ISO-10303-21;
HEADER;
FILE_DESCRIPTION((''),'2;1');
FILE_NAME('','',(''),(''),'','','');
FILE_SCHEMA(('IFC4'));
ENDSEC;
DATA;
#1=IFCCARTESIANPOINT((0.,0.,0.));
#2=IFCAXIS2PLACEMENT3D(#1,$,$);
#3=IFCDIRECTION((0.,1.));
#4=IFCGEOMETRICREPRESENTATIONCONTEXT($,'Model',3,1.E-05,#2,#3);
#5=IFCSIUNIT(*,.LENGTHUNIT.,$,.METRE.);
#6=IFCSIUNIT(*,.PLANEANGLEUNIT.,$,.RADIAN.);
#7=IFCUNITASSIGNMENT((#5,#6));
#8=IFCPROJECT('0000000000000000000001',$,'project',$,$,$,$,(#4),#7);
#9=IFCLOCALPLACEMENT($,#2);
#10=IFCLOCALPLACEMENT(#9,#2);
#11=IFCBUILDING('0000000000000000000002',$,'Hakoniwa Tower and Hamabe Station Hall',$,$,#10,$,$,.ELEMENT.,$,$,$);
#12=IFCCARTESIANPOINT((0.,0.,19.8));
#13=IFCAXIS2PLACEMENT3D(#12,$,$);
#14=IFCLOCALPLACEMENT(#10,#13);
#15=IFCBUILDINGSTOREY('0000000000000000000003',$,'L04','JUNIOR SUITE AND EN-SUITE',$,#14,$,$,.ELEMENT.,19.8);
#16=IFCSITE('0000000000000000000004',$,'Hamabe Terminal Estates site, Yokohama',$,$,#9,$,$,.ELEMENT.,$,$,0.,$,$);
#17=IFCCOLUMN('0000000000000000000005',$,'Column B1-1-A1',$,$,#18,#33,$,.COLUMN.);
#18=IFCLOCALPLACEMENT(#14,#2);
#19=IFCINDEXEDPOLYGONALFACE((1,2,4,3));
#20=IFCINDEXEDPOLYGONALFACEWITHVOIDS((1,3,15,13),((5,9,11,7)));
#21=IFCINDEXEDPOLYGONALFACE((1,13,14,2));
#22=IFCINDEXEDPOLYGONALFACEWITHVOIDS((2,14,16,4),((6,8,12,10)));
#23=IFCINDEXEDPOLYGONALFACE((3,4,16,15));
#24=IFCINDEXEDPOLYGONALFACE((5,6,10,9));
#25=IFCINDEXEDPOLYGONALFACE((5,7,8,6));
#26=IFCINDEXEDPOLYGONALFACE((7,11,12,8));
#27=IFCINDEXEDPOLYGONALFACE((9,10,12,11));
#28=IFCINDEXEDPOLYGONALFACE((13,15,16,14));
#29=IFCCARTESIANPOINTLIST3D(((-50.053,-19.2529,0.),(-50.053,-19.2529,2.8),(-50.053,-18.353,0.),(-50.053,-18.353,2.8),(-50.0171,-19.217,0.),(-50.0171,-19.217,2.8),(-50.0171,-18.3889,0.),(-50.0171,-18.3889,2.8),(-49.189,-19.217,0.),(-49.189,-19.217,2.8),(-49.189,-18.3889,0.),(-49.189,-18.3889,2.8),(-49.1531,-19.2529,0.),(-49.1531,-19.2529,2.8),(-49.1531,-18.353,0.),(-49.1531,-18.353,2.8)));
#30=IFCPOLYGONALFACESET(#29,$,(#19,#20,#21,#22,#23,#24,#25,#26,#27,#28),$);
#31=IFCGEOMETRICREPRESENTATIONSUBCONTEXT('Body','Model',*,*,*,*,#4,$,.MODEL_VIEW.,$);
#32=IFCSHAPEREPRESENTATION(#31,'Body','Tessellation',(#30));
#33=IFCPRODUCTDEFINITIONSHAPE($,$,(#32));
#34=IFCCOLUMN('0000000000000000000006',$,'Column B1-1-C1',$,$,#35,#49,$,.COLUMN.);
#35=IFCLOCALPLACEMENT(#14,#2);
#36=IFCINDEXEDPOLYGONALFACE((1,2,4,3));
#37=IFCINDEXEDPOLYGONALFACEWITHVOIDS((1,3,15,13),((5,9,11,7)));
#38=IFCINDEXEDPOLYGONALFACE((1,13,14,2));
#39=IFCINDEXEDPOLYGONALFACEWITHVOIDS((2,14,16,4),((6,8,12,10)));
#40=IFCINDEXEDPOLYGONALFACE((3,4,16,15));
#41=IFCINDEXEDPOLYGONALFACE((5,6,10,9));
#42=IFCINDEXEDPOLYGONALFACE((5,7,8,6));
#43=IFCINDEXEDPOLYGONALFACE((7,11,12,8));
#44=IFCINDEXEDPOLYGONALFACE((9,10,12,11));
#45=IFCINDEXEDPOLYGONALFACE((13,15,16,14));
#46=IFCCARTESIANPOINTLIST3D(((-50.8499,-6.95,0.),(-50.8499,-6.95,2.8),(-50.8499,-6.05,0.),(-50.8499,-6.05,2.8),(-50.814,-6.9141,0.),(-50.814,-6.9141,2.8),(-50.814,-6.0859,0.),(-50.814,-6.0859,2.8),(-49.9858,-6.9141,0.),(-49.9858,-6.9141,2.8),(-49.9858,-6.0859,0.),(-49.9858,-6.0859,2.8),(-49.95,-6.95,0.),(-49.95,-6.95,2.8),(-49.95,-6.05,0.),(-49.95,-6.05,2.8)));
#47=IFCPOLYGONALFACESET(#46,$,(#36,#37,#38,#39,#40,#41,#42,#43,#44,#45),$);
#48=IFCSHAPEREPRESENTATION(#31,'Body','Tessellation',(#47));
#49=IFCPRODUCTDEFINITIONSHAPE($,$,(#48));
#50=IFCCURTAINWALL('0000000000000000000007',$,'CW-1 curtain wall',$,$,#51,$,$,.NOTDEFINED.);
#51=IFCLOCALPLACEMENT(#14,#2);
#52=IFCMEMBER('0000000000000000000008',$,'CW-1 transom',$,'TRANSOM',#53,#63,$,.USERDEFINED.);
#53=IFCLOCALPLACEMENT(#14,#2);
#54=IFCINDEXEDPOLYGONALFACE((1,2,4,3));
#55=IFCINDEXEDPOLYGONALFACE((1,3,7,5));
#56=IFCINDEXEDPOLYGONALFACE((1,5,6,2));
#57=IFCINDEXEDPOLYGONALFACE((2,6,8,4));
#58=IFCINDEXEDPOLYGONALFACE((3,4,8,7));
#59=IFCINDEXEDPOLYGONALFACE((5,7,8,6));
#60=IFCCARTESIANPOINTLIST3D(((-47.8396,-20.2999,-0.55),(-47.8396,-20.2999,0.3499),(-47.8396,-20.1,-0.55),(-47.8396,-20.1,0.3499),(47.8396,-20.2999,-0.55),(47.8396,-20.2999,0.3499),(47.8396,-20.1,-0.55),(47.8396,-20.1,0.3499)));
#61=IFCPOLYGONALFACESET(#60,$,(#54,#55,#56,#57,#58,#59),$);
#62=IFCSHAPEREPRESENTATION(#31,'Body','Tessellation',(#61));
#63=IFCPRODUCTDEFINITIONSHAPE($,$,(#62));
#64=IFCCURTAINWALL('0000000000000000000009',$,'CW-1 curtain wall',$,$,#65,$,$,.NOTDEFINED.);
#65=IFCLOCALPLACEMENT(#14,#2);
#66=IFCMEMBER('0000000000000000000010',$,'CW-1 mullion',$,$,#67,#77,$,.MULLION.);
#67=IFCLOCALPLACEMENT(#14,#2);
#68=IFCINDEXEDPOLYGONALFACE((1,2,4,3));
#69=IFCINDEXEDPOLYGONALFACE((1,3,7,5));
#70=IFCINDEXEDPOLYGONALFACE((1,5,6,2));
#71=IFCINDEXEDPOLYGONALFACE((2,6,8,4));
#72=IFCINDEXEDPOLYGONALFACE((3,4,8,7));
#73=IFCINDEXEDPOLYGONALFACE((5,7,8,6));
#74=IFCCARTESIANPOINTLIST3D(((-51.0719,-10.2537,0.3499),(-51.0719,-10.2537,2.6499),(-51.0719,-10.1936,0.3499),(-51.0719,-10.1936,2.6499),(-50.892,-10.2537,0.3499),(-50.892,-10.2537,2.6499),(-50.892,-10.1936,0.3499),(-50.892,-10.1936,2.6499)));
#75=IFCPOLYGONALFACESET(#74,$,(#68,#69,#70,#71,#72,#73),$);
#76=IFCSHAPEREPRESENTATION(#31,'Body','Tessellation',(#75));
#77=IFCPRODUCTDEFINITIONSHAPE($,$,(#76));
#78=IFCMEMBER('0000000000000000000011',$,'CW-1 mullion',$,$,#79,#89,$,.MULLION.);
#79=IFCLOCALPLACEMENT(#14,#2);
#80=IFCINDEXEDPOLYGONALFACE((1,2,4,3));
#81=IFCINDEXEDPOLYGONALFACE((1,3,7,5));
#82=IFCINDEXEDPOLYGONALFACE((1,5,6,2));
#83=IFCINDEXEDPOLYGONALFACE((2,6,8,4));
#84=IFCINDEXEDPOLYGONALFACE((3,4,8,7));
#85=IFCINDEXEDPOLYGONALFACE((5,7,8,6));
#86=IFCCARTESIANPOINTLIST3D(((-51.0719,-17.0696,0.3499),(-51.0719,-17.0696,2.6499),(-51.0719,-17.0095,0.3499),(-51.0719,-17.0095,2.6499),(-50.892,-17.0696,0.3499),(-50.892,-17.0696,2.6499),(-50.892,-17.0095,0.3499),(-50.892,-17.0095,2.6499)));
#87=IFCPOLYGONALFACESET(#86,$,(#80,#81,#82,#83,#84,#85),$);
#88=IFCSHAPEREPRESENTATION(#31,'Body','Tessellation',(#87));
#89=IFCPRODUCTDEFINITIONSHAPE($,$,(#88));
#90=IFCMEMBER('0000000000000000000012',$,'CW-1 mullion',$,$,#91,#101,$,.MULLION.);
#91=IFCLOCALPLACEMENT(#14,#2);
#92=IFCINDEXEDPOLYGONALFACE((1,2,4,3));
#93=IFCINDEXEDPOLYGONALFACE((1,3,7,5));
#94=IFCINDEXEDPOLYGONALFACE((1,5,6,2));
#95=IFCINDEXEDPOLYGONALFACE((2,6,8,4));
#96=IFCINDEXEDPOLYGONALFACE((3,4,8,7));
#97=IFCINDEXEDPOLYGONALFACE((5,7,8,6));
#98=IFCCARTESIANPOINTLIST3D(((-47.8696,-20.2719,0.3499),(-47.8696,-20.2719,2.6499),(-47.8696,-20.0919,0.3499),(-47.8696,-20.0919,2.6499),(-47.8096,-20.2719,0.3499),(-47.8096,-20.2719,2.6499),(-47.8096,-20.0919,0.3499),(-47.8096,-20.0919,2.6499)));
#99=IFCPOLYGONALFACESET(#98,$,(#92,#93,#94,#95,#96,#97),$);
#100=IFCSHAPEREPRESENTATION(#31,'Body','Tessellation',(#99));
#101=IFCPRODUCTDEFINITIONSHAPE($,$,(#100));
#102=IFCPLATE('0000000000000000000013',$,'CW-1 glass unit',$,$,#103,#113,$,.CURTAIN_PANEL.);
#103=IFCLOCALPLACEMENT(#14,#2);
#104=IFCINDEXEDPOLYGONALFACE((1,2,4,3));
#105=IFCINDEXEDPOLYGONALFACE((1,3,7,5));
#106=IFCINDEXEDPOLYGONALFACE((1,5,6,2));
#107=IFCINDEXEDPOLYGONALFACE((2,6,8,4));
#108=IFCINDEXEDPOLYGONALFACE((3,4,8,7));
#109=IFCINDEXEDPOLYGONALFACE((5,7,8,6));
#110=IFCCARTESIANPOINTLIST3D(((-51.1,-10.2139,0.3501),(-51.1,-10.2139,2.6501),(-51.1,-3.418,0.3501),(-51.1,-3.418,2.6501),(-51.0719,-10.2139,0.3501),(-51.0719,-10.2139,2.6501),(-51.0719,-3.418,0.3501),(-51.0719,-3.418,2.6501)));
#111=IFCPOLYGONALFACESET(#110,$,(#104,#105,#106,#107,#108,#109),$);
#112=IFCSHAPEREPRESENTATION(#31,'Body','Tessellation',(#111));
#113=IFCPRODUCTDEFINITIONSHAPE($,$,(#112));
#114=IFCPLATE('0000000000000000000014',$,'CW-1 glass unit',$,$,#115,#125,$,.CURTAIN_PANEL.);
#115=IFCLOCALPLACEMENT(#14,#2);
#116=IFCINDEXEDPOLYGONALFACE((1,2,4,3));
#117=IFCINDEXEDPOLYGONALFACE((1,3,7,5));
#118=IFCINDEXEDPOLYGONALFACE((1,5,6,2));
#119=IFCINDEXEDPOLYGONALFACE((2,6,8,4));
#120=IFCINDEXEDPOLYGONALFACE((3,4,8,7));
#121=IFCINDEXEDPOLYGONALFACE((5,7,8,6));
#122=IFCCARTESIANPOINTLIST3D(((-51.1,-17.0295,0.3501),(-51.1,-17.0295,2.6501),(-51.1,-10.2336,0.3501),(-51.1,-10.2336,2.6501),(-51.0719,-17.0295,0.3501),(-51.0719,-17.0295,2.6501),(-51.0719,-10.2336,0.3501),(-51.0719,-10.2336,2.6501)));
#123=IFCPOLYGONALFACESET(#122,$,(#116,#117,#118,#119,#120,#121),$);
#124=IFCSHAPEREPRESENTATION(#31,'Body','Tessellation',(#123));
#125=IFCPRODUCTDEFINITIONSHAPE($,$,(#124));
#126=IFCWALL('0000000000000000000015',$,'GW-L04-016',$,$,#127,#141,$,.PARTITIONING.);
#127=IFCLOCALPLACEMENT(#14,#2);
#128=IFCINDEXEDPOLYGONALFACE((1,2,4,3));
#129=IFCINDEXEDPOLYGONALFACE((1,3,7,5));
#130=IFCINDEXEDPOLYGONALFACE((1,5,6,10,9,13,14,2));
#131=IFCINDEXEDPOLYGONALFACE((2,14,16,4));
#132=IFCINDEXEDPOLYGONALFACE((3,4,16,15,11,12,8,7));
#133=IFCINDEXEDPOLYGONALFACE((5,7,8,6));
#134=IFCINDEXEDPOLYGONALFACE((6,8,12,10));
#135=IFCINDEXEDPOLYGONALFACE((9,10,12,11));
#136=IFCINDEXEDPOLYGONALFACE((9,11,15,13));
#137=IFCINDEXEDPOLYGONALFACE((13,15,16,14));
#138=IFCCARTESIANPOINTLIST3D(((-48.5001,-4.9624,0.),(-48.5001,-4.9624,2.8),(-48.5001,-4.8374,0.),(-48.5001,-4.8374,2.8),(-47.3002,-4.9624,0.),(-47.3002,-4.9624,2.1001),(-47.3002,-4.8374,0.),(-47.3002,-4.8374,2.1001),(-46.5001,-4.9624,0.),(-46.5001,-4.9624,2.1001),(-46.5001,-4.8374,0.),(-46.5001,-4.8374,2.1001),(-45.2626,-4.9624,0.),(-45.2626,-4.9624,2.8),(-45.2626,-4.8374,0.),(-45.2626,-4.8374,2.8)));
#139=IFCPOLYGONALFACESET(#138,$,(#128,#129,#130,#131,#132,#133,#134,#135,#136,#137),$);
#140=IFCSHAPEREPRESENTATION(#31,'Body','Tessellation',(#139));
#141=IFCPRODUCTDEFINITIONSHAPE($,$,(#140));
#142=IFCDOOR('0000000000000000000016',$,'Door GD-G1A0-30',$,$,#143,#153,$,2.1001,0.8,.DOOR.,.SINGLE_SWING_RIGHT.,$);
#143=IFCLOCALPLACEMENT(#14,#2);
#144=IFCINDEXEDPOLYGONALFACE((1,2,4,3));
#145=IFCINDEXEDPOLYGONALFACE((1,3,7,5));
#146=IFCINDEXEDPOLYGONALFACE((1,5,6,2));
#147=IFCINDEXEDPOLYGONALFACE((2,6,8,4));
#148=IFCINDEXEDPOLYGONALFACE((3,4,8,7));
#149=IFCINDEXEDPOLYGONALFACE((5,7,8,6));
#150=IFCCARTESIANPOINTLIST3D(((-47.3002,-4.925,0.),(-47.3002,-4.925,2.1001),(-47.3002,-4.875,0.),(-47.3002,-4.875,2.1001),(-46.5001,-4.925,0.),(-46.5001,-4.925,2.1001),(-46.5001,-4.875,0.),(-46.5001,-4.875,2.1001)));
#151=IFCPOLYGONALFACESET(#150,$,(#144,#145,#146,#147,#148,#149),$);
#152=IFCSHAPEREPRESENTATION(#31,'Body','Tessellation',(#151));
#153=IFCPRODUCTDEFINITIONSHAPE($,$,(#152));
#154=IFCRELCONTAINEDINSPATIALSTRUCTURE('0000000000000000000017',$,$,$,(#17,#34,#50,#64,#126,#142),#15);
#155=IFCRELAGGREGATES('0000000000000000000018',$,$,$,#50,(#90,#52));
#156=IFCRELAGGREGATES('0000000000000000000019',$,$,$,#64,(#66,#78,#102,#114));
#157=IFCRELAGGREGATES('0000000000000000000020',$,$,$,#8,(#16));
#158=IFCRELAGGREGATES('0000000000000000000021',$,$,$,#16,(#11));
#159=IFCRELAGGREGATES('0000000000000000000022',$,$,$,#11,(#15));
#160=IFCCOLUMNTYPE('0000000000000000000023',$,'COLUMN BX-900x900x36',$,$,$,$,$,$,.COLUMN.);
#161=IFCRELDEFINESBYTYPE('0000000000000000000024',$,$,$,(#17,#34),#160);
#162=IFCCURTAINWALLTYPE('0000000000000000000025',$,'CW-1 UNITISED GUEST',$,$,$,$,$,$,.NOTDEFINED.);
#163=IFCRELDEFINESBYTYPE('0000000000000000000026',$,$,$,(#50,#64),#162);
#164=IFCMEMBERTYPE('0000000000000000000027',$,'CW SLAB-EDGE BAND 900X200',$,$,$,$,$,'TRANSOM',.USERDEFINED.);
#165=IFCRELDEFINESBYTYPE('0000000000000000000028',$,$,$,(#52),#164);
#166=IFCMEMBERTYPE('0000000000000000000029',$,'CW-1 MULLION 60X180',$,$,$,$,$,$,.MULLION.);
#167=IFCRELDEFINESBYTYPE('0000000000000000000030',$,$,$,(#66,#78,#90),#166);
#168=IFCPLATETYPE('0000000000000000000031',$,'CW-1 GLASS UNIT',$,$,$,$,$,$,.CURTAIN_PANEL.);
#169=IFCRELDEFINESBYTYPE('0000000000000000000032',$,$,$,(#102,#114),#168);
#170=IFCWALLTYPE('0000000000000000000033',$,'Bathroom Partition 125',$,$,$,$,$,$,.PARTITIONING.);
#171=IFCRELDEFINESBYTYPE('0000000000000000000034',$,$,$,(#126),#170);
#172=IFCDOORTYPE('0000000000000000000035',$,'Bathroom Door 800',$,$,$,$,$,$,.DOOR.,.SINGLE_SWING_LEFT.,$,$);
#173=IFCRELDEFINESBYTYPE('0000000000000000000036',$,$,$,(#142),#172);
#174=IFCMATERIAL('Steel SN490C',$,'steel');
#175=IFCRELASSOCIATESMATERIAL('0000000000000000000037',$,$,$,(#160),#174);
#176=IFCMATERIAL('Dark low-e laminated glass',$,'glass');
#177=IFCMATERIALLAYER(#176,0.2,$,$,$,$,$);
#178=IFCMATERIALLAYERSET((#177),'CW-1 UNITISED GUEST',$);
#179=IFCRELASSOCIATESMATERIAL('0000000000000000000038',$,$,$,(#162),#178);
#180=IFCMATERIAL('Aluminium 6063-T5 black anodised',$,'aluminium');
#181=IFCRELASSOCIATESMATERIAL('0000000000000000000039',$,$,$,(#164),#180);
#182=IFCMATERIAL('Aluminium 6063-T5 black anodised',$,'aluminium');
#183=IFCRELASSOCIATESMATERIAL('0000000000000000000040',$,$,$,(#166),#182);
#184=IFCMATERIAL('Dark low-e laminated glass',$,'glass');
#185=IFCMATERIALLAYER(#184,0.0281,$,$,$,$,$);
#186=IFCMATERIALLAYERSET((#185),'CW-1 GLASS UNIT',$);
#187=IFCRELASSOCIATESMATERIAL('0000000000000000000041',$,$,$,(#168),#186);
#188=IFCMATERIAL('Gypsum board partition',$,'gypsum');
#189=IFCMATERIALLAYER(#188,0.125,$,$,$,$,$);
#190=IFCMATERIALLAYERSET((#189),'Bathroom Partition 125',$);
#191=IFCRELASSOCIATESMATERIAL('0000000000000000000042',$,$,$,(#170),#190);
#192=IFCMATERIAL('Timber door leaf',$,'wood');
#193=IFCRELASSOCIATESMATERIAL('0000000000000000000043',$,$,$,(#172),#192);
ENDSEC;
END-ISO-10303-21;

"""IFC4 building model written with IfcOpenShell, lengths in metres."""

from ifc_helpers import new_model, si_unit, direction, frame, frame_2d, origin, origin_2d, place, context, subcontext, project, spatial, rectangle, hollow_rectangle, extrude, material, layer, layer_set, material_profile, profile_set, type_object, element, fill, aggregate, save


model = new_model("IFC4")

# Units and contexts
model_context = context("Model", 3, precision=1e-05, world=origin(), true_north=direction((0.0, 1.0)))
body_context = subcontext(model_context, "Body", "Model", "MODEL_VIEW")
ifc_project = project(units=[si_unit("LENGTHUNIT", "METRE"), si_unit("PLANEANGLEUNIT", "RADIAN")], contexts=[model_context])

# Site, building, storey
site_placement = place(None, origin())
site = spatial("IfcSite", under=ifc_project, at=site_placement, Name="Hamabe Terminal Estates site, Yokohama", CompositionType="ELEMENT", RefElevation=0.0)
building_placement = place(site_placement, origin())
building = spatial("IfcBuilding", under=site, at=building_placement, Name="Hakoniwa Tower and Hamabe Station Hall", CompositionType="ELEMENT")
storey_placement = place(building_placement, frame((0.0, 0.0, 19.8)))
storey = spatial("IfcBuildingStorey", under=building, at=storey_placement, Name="L04", Description="JUNIOR SUITE AND EN-SUITE", CompositionType="ELEMENT", Elevation=19.8)

# Columns
ifc_material_1 = material(Name="Steel SN490C", Category="steel")
ifc_material_profile_1 = material_profile(ifc_material_1, hollow_rectangle(XDim=0.8999, YDim=0.8999, WallThickness=0.0359, at=origin_2d()), Name="BX-900x900x36")
ifc_profile_set_1 = profile_set([ifc_material_profile_1], Name="Steel SN490C")
column_type = type_object("IfcColumnType", Name="COLUMN BX-900x900x36", PredefinedType="COLUMN", material=ifc_profile_set_1)
for number, where, z_axis, x_axis, name in (
    (1, (-49.603, -18.803, 0.0), (0.0, 0.0, 1.0), (1.0, 0.0, 0.0), "Column B1-1-A1"),
    (2, (-50.3999, -6.5, 0.0), (0.0, 0.0, 1.0), (1.0, 0.0, 0.0), "Column B1-1-C1"),
):
    element("IfcColumn", number, at=place(storey_placement, frame(where, z_axis=z_axis, x_axis=x_axis)), inside=storey, type_object=column_type, Name=name, PredefinedType="COLUMN", context=body_context, shape_type="SweptSolid", body=[
        extrude(hollow_rectangle(XDim=0.8999, YDim=0.8999, WallThickness=0.0359, at=origin_2d()), origin(), (0.0, 0.0, 1.0), 2.8),
    ])

# Curtain wall, member
ifc_material_2 = material(Name="Dark low-e laminated glass", Category="glass")
ifc_layer_1 = layer(ifc_material_2, 0.2)
ifc_layer_set_1 = layer_set([ifc_layer_1], Name="CW-1 UNITISED GUEST")
curtain_wall_type = type_object("IfcCurtainWallType", Name="CW-1 UNITISED GUEST", PredefinedType="NOTDEFINED", material=ifc_layer_set_1)
curtain_wall_1_placement = place(storey_placement, origin())
curtain_wall_1 = element("IfcCurtainWall", 3, at=curtain_wall_1_placement, inside=storey, type_object=curtain_wall_type, Name="CW-1 curtain wall", PredefinedType="NOTDEFINED")
ifc_material_3 = material(Name="Aluminium 6063-T5 black anodised", Category="aluminium")
ifc_material_profile_2 = material_profile(ifc_material_3, rectangle(XDim=0.2, YDim=0.8999, at=origin_2d()), Name="CW SLAB-EDGE BAND 900X200")
ifc_profile_set_2 = profile_set([ifc_material_profile_2], Name="Aluminium 6063-T5 black anodised")
member_type_1 = type_object("IfcMemberType", Name="CW SLAB-EDGE BAND 900X200", ElementType="TRANSOM", PredefinedType="USERDEFINED", material=ifc_profile_set_2)
member_1_placement = place(storey_placement, frame((-47.8396, -20.2, -0.1001), z_axis=(1.0, 0.0, 0.0), x_axis=(0.0, 1.0, 0.0)))
member_1 = element("IfcMember", 4, at=member_1_placement, type_object=member_type_1, Name="CW-1 transom", ObjectType="TRANSOM", PredefinedType="USERDEFINED", context=body_context, shape_type="SweptSolid", body=[
    extrude(rectangle(XDim=0.2, YDim=0.8999, at=origin_2d()), origin(), (0.0, 0.0, 1.0), 95.6792),
])

# Curtain wall, members
curtain_wall_2_placement = place(storey_placement, origin())
curtain_wall_2 = element("IfcCurtainWall", 5, at=curtain_wall_2_placement, inside=storey, type_object=curtain_wall_type, Name="CW-1 curtain wall", PredefinedType="NOTDEFINED")
ifc_material_4 = material(Name="Aluminium 6063-T5 black anodised", Category="aluminium")
ifc_material_profile_3 = material_profile(ifc_material_4, rectangle(XDim=0.0601, YDim=0.1799, at=origin_2d()), Name="CW-1 MULLION 60X180")
ifc_profile_set_3 = profile_set([ifc_material_profile_3], Name="Aluminium 6063-T5 black anodised")
member_type_2 = type_object("IfcMemberType", Name="CW-1 MULLION 60X180", PredefinedType="MULLION", material=ifc_profile_set_3)
member_2_placement = place(storey_placement, frame((-50.9819, -10.2236, 0.3499), z_axis=(0.0, 0.0, 1.0), x_axis=(0.0, -1.0, 0.0)))
member_2 = element("IfcMember", 6, at=member_2_placement, type_object=member_type_2, Name="CW-1 mullion", PredefinedType="MULLION", context=body_context, shape_type="SweptSolid", body=[
    extrude(rectangle(XDim=0.0601, YDim=0.1799, at=origin_2d()), origin(), (0.0, 0.0, 1.0), 2.3),
])
member_3_placement = place(storey_placement, frame((-50.9819, -17.0396, 0.3499), z_axis=(0.0, 0.0, 1.0), x_axis=(0.0, -1.0, 0.0)))
member_3 = element("IfcMember", 7, at=member_3_placement, type_object=member_type_2, Name="CW-1 mullion", PredefinedType="MULLION", context=body_context, shape_type="SweptSolid", body=[
    extrude(rectangle(XDim=0.0601, YDim=0.1799, at=origin_2d()), origin(), (0.0, 0.0, 1.0), 2.3),
])

# Member
member_4_placement = place(storey_placement, frame((-47.8396, -20.1819, 0.3499), z_axis=(0.0, 0.0, 1.0), x_axis=(1.0, 0.0, 0.0)))
member_4 = element("IfcMember", 8, at=member_4_placement, type_object=member_type_2, Name="CW-1 mullion", PredefinedType="MULLION", context=body_context, shape_type="SweptSolid", body=[
    extrude(rectangle(XDim=0.0601, YDim=0.1799, at=origin_2d()), origin(), (0.0, 0.0, 1.0), 2.3),
])
aggregate(curtain_wall_1, [member_4, member_1])

# Plates
ifc_material_5 = material(Name="Dark low-e laminated glass", Category="glass")
ifc_layer_2 = layer(ifc_material_5, 0.0281)
ifc_layer_set_2 = layer_set([ifc_layer_2], Name="CW-1 GLASS UNIT")
plate_type = type_object("IfcPlateType", Name="CW-1 GLASS UNIT", PredefinedType="CURTAIN_PANEL", material=ifc_layer_set_2)
plate_1_placement = place(storey_placement, frame((-51.0859, -6.8159, 0.3501), z_axis=(0.0, 0.0, 1.0), x_axis=(0.0, -1.0, 0.0)))
plate_1 = element("IfcPlate", 9, at=plate_1_placement, type_object=plate_type, Name="CW-1 glass unit", PredefinedType="CURTAIN_PANEL", context=body_context, shape_type="SweptSolid", body=[
    extrude(rectangle(XDim=6.7959, YDim=0.0281, at=origin_2d()), origin(), (0.0, 0.0, 1.0), 2.3),
])
plate_2_placement = place(storey_placement, frame((-51.0859, -13.6316, 0.3501), z_axis=(0.0, 0.0, 1.0), x_axis=(0.0, -1.0, 0.0)))
plate_2 = element("IfcPlate", 10, at=plate_2_placement, type_object=plate_type, Name="CW-1 glass unit", PredefinedType="CURTAIN_PANEL", context=body_context, shape_type="SweptSolid", body=[
    extrude(rectangle(XDim=6.7959, YDim=0.0281, at=origin_2d()), origin(), (0.0, 0.0, 1.0), 2.3),
])
aggregate(curtain_wall_2, [member_2, member_3, plate_1, plate_2])

# Wall, opening, door
ifc_material_6 = material(Name="Gypsum board partition", Category="gypsum")
ifc_layer_3 = layer(ifc_material_6, 0.125)
ifc_layer_set_3 = layer_set([ifc_layer_3], Name="Bathroom Partition 125")
wall_type_1 = type_object("IfcWallType", Name="Bathroom Partition 125", PredefinedType="PARTITIONING", material=ifc_layer_set_3)
wall_1_placement = place(storey_placement, frame((-48.5, -4.8999, 0.0), z_axis=(0.0, 0.0, 1.0), x_axis=(1.0, 0.0, 0.0)))
wall_1 = element("IfcWall", 11, at=wall_1_placement, inside=storey, type_object=wall_type_1, Name="GW-L04-016", PredefinedType="PARTITIONING", context=body_context, shape_type="SweptSolid", body=[
    extrude(rectangle(XDim=3.2375, YDim=0.125, at=frame_2d((1.6187, 0.0))), origin(), (0.0, 0.0, 1.0), 2.8),
])
opening_1_placement = place(wall_1_placement, frame((1.2, 0.0, 0.0)))
opening_1 = element("IfcOpeningElement", 12, at=opening_1_placement, cuts=wall_1, PredefinedType="OPENING", context=body_context, shape_type="SweptSolid", body=[
    extrude(rectangle(XDim=0.8, YDim=2.1001, at=frame_2d((0.3999, 1.05))), frame((0.0, 0.0725, 0.0), z_axis=(0.0, -1.0, 0.0), x_axis=(1.0, 0.0, 0.0)), (0.0, 0.0, 1.0), 0.145),
])
ifc_material_7 = material(Name="Timber door leaf", Category="wood")
door_type_1 = type_object("IfcDoorType", Name="Bathroom Door 800", OperationType="SINGLE_SWING_LEFT", PredefinedType="DOOR", material=ifc_material_7)
door_1_placement = place(opening_1_placement, origin())
door_1 = element("IfcDoor", 13, at=door_1_placement, inside=storey, type_object=door_type_1, Name="Door GD-G1A0-30", OperationType="SINGLE_SWING_RIGHT", OverallHeight=2.1001, OverallWidth=0.8, PredefinedType="DOOR", context=body_context, shape_type="SweptSolid", body=[
    extrude(rectangle(XDim=0.8, YDim=2.1001, at=frame_2d((0.3999, 1.05))), frame((0.0, 0.0249, 0.0), z_axis=(0.0, -1.0, 0.0), x_axis=(1.0, 0.0, 0.0)), (0.0, 0.0, 1.0), 0.05),
])
fill(opening_1, door_1)

save(model, "model.ifc")
